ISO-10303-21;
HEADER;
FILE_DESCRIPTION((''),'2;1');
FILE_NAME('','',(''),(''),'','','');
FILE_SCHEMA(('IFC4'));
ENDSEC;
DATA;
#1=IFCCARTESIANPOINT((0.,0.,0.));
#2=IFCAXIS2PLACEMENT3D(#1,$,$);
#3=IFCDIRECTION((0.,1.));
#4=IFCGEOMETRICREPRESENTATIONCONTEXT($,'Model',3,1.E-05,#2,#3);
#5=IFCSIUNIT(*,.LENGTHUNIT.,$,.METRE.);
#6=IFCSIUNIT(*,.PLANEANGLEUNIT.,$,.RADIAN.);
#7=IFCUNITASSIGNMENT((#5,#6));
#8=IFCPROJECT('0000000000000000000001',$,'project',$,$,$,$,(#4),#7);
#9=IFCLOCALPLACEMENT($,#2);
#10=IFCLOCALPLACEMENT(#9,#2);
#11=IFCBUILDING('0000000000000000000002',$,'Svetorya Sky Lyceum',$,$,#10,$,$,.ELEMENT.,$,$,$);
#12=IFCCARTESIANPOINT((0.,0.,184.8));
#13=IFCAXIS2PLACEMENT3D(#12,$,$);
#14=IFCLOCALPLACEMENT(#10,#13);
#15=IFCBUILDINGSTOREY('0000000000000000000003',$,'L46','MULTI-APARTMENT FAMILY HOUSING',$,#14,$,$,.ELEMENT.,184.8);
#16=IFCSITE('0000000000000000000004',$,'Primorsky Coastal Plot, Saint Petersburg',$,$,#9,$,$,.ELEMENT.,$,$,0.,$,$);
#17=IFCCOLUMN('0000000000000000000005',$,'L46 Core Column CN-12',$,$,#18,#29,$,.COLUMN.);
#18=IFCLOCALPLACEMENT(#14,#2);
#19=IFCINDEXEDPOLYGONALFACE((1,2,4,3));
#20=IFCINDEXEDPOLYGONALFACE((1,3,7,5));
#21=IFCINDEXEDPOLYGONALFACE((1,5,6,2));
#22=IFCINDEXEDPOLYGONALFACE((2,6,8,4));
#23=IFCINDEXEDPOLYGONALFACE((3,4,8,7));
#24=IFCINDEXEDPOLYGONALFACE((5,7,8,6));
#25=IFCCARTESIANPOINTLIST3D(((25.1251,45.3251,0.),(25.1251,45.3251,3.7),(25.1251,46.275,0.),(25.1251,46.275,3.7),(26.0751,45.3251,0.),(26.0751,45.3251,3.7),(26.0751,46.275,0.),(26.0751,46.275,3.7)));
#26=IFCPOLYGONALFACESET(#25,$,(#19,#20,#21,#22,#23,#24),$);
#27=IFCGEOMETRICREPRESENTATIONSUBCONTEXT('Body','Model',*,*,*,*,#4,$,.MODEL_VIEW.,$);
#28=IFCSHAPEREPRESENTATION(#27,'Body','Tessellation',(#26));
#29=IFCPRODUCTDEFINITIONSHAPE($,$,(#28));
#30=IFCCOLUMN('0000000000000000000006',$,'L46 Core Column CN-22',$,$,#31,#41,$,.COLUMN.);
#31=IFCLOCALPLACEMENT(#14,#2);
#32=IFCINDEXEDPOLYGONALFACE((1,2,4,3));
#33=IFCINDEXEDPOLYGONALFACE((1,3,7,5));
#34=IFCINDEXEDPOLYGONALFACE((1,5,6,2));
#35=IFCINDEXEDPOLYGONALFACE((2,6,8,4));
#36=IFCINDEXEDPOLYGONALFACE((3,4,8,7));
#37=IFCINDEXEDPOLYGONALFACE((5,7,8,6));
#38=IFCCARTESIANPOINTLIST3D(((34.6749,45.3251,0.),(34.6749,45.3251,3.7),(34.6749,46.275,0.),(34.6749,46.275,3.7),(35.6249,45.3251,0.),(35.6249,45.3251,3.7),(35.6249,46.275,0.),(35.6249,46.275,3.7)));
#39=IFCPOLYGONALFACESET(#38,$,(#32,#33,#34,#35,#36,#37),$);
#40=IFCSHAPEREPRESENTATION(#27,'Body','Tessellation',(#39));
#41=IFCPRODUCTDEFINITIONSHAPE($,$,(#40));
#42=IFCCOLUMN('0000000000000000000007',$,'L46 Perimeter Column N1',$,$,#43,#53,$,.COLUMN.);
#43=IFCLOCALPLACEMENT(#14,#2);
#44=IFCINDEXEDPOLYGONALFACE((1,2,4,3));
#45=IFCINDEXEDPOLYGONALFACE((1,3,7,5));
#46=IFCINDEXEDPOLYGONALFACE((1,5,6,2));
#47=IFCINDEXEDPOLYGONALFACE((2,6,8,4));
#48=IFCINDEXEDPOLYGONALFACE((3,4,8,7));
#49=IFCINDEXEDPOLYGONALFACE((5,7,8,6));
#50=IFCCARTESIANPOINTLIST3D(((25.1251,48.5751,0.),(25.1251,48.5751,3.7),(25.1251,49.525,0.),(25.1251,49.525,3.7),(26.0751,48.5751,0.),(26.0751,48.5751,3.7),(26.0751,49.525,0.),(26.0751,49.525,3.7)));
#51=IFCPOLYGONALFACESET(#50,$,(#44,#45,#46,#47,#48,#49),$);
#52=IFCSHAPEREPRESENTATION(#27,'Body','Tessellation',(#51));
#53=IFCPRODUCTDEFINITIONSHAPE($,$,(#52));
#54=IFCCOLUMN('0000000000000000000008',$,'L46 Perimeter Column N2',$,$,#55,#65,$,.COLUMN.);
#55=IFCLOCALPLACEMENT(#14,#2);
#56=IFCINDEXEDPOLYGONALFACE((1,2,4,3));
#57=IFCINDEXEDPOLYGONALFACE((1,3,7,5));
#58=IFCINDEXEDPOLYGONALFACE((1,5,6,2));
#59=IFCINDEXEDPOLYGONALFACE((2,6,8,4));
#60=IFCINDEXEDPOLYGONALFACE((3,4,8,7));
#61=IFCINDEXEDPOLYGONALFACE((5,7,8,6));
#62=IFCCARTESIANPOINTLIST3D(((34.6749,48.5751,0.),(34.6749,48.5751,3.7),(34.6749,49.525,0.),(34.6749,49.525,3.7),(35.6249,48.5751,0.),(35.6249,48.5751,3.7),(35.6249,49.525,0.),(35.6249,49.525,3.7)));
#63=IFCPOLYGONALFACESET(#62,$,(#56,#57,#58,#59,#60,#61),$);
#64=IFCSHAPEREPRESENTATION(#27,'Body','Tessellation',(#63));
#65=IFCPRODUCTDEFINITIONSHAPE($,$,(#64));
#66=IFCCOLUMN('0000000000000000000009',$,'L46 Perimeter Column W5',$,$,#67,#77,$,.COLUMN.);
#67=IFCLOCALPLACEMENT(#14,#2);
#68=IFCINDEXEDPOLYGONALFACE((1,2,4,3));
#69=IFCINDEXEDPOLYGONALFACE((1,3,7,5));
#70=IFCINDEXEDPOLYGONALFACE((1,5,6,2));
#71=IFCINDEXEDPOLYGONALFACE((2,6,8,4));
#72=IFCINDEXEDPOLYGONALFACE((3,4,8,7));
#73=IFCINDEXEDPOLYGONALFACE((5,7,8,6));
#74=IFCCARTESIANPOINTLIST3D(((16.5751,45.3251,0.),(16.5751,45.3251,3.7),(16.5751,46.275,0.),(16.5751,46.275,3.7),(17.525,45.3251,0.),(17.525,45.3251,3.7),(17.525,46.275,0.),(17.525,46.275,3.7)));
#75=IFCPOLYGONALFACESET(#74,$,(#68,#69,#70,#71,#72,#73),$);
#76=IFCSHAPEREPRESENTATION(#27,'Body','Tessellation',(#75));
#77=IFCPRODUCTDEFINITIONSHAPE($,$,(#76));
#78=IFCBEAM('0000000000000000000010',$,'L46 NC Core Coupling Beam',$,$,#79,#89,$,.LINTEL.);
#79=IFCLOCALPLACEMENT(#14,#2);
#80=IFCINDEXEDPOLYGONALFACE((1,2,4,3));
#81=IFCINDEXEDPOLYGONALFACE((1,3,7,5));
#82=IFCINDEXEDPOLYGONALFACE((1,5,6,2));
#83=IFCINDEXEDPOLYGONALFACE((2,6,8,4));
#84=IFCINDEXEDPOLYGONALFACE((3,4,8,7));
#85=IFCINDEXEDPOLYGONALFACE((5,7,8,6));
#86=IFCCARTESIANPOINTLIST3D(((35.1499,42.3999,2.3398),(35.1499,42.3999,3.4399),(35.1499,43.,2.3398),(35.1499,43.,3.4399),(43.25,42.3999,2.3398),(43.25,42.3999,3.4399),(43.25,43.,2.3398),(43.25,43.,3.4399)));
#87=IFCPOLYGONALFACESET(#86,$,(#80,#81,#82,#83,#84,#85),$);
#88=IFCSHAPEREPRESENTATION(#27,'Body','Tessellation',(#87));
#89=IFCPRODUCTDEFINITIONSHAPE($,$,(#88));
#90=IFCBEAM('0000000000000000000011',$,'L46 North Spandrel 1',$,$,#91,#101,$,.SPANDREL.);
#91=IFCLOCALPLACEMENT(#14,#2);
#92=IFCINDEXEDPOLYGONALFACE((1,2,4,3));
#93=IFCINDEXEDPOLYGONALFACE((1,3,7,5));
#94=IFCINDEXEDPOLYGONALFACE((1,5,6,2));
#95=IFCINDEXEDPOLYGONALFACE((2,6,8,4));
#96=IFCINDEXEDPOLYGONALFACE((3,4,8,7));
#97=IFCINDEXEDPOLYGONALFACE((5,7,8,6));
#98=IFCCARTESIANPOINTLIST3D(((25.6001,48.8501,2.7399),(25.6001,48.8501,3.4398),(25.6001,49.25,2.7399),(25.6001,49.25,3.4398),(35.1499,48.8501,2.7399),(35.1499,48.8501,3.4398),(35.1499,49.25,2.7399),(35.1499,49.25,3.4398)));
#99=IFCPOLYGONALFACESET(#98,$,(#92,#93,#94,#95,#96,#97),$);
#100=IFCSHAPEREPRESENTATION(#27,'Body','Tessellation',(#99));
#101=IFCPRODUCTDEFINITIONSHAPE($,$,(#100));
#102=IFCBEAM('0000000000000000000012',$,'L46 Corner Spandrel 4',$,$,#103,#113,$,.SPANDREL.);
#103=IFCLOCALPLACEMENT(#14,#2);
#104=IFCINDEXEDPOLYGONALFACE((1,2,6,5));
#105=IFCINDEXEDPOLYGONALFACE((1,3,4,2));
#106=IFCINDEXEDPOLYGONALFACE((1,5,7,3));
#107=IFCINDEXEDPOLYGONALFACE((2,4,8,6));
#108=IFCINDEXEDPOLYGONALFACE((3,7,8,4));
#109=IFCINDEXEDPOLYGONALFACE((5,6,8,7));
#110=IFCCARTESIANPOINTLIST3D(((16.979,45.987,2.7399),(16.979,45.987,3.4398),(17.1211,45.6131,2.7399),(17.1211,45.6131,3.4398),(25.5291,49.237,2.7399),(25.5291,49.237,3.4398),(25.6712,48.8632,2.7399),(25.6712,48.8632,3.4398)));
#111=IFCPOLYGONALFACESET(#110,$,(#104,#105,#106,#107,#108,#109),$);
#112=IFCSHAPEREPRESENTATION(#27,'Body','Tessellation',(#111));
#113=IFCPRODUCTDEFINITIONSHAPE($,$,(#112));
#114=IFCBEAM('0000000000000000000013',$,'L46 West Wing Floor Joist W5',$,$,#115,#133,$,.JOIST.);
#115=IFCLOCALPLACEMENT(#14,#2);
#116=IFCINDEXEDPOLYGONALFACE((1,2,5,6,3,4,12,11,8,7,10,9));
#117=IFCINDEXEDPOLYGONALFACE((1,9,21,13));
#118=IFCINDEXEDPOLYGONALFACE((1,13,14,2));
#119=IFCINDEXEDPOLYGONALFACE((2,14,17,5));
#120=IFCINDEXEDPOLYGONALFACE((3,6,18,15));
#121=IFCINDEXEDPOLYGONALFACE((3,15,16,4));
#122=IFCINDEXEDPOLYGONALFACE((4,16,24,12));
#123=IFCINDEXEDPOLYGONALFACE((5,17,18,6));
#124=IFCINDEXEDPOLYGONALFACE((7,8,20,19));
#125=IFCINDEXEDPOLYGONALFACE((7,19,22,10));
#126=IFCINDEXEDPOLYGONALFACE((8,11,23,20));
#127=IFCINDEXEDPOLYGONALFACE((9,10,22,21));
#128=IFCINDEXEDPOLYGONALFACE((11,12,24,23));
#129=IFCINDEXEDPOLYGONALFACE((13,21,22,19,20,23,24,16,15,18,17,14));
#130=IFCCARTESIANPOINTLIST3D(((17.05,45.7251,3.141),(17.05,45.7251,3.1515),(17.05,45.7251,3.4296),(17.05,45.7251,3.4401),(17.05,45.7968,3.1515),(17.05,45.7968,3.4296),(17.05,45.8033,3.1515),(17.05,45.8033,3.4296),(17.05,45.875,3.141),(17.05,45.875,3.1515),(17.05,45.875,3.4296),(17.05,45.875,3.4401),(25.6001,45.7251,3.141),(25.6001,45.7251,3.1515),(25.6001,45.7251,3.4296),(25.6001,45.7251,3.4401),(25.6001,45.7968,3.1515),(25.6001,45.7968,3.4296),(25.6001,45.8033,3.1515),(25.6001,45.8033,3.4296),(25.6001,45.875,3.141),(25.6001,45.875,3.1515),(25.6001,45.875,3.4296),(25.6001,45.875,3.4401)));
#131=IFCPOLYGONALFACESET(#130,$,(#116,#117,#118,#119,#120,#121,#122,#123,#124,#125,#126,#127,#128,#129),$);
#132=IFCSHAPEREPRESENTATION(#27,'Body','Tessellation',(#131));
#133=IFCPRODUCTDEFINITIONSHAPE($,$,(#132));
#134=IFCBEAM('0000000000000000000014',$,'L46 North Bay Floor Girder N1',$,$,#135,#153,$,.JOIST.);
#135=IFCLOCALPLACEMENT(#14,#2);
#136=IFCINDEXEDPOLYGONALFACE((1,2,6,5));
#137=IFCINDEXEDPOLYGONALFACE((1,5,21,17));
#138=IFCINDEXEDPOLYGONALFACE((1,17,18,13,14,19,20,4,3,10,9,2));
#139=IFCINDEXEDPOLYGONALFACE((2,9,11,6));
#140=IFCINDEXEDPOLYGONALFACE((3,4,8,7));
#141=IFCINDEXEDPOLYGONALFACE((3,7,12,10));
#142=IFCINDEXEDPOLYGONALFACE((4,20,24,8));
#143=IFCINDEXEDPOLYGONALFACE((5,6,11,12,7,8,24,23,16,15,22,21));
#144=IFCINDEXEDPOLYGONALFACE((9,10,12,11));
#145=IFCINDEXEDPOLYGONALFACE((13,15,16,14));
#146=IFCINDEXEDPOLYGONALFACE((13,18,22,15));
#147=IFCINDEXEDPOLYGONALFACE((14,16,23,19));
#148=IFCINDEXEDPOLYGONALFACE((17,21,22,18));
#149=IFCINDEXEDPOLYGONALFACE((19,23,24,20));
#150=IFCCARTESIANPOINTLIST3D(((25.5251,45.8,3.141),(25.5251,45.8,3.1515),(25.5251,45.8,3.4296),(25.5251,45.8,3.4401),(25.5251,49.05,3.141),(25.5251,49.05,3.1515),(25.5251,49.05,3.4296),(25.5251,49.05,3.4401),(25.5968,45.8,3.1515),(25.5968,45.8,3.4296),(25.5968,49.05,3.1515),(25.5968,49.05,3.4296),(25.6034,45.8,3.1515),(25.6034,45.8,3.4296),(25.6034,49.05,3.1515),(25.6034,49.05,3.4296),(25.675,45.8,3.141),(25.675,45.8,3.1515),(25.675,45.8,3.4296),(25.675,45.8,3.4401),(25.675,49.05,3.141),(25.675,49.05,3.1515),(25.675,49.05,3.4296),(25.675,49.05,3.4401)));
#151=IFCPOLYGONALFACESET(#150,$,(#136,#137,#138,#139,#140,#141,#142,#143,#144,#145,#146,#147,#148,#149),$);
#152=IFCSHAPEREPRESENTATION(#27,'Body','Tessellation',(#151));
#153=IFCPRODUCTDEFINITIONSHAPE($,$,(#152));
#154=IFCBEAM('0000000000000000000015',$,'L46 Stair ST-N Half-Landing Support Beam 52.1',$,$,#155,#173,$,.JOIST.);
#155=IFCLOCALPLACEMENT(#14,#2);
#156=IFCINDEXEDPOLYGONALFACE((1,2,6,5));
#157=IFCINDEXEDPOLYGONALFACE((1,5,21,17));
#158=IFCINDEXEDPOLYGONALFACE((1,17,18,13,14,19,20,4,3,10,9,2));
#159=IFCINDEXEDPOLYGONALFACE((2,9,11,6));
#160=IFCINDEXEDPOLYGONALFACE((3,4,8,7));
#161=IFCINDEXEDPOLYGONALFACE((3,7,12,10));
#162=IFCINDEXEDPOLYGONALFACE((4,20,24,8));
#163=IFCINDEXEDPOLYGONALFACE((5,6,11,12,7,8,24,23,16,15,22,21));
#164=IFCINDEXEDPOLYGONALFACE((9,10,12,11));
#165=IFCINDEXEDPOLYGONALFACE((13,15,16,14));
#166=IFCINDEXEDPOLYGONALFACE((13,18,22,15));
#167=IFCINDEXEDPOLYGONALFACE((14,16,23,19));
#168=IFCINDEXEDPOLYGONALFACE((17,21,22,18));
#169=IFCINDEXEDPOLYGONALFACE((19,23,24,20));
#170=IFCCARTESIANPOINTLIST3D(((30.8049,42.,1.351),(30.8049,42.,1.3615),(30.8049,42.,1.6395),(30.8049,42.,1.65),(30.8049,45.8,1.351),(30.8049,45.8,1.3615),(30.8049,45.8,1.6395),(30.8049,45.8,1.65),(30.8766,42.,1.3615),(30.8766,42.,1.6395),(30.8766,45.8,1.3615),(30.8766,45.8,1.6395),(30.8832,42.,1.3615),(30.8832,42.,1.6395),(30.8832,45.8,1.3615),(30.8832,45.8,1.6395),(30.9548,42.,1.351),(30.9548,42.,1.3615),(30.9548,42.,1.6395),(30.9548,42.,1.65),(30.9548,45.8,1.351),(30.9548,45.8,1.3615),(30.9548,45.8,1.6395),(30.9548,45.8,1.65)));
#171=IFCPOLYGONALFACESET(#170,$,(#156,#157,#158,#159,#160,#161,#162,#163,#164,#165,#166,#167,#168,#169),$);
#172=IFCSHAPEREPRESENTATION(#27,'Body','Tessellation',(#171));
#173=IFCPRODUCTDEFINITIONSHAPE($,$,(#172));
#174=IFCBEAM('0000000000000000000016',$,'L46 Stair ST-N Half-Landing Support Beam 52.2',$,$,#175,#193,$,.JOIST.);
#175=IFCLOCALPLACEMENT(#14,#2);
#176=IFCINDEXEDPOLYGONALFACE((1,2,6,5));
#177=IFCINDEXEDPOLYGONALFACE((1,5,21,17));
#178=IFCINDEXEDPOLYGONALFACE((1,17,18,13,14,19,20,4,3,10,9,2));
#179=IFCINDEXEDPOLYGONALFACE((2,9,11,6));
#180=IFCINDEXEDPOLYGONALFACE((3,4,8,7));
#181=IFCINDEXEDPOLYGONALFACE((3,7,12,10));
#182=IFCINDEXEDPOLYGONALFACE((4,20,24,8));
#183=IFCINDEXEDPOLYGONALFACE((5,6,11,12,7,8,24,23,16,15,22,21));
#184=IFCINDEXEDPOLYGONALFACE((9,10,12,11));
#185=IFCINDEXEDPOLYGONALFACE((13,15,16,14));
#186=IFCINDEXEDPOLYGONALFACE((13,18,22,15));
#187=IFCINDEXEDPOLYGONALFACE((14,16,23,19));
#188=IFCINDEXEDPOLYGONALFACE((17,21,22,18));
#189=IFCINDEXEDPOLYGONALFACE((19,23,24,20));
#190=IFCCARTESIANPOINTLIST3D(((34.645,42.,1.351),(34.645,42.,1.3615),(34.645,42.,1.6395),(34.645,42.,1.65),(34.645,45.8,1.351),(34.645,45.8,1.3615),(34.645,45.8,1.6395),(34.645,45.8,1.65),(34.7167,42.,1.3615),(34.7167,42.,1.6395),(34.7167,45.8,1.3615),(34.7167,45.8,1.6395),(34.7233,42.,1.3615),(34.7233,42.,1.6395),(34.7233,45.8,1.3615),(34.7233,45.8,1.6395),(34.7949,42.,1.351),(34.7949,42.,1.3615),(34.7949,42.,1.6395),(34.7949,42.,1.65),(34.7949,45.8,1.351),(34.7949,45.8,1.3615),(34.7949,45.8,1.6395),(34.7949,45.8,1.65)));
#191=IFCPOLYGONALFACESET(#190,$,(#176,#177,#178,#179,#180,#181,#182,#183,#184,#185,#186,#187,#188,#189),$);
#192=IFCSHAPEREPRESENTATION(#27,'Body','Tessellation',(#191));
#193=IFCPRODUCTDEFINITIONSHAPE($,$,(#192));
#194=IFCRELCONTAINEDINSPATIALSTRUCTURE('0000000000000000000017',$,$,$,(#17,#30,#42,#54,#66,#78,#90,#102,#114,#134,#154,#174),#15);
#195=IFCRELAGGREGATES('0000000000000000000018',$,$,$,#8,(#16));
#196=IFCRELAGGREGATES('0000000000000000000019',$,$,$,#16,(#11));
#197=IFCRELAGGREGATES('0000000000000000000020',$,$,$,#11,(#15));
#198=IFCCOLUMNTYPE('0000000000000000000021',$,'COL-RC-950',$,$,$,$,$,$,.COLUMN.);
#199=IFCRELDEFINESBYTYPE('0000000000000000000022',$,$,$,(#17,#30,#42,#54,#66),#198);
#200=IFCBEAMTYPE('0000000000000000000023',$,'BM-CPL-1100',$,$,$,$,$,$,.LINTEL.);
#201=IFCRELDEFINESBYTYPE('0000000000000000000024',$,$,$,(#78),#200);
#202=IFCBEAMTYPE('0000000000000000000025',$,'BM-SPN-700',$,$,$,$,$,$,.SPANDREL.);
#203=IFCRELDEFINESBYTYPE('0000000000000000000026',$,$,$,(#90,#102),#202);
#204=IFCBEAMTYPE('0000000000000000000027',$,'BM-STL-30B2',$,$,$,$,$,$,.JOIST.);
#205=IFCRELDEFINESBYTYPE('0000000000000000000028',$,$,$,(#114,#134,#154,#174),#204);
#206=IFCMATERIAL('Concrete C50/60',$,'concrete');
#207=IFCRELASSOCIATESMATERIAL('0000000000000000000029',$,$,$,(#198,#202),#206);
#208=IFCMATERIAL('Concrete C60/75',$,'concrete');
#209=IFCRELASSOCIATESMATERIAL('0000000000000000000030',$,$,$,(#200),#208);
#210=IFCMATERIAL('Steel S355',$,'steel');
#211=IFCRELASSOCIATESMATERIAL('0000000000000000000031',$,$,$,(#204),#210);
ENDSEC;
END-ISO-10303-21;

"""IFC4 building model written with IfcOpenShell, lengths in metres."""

from ifc_helpers import new_model, si_unit, direction, frame, origin, origin_2d, place, context, subcontext, project, spatial, rectangle, i_section, extrude, material, material_profile, profile_set, type_object, element, save


model = new_model("IFC4")

# Units and contexts
model_context = context("Model", 3, precision=1e-05, world=origin(), true_north=direction((0.0, 1.0)))
body_context = subcontext(model_context, "Body", "Model", "MODEL_VIEW")
ifc_project = project(units=[si_unit("LENGTHUNIT", "METRE"), si_unit("PLANEANGLEUNIT", "RADIAN")], contexts=[model_context])

# Site, building, storey
site_placement = place(None, origin())
site = spatial("IfcSite", under=ifc_project, at=site_placement, Name="Primorsky Coastal Plot, Saint Petersburg", CompositionType="ELEMENT", RefElevation=0.0)
building_placement = place(site_placement, origin())
building = spatial("IfcBuilding", under=site, at=building_placement, Name="Svetorya Sky Lyceum", CompositionType="ELEMENT")
storey_placement = place(building_placement, frame((0.0, 0.0, 184.8)))
storey = spatial("IfcBuildingStorey", under=building, at=storey_placement, Name="L46", Description="MULTI-APARTMENT FAMILY HOUSING", CompositionType="ELEMENT", Elevation=184.8)

# Columns
ifc_material_1 = material(Name="Concrete C50/60", Category="concrete")
ifc_material_profile_1 = material_profile(ifc_material_1, rectangle(XDim=0.95, YDim=0.95, at=origin_2d()), Name="RC COL 950x950")
ifc_profile_set_1 = profile_set([ifc_material_profile_1], Name="Concrete C50/60")
column_type = type_object("IfcColumnType", Name="COL-RC-950", PredefinedType="COLUMN", material=ifc_profile_set_1)
for number, where, z_axis, x_axis, name in (
    (1, (25.6001, 45.8, 0.0), (0.0, 0.0, 1.0), (1.0, 0.0, 0.0), "L46 Core Column CN-12"),
    (2, (35.1499, 45.8, 0.0), (0.0, 0.0, 1.0), (1.0, 0.0, 0.0), "L46 Core Column CN-22"),
    (3, (25.6001, 49.05, 0.0), (0.0, 0.0, 1.0), (1.0, 0.0, 0.0), "L46 Perimeter Column N1"),
    (4, (35.1499, 49.05, 0.0), (0.0, 0.0, 1.0), (1.0, 0.0, 0.0), "L46 Perimeter Column N2"),
    (5, (17.05, 45.8, 0.0), (0.0, 0.0, 1.0), (1.0, 0.0, 0.0), "L46 Perimeter Column W5"),
):
    element("IfcColumn", number, at=place(storey_placement, frame(where, z_axis=z_axis, x_axis=x_axis)), inside=storey, type_object=column_type, Name=name, PredefinedType="COLUMN", context=body_context, shape_type="SweptSolid", body=[
        extrude(rectangle(XDim=0.95, YDim=0.95, at=origin_2d()), origin(), (0.0, 0.0, 1.0), 3.7),
    ])

# Beams
ifc_material_2 = material(Name="Concrete C60/75", Category="concrete")
ifc_material_profile_2 = material_profile(ifc_material_2, rectangle(XDim=0.6001, YDim=1.1001, at=origin_2d()), Name="RC COUPLING 600x1100")
ifc_profile_set_2 = profile_set([ifc_material_profile_2], Name="Concrete C60/75")
beam_type_1 = type_object("IfcBeamType", Name="BM-CPL-1100", PredefinedType="LINTEL", material=ifc_profile_set_2)
beam_1_placement = place(storey_placement, frame((35.1499, 42.7, 2.8899), z_axis=(1.0, 0.0, 0.0), x_axis=(0.0, 1.0, 0.0)))
element("IfcBeam", 6, at=beam_1_placement, inside=storey, type_object=beam_type_1, Name="L46 NC Core Coupling Beam", PredefinedType="LINTEL", context=body_context, shape_type="SweptSolid", body=[
    extrude(rectangle(XDim=0.6001, YDim=1.1001, at=origin_2d()), origin(), (0.0, 0.0, 1.0), 8.1001),
])
ifc_material_profile_3 = material_profile(ifc_material_1, rectangle(XDim=0.3999, YDim=0.7, at=origin_2d()), Name="RC SPANDREL 400x700")
ifc_profile_set_3 = profile_set([ifc_material_profile_3], Name="Concrete C50/60")
beam_type_2 = type_object("IfcBeamType", Name="BM-SPN-700", PredefinedType="SPANDREL", material=ifc_profile_set_3)
beam_2_placement = place(storey_placement, frame((25.6001, 49.05, 3.0898), z_axis=(1.0, 0.0, 0.0), x_axis=(0.0, 1.0, 0.0)))
element("IfcBeam", 7, at=beam_2_placement, inside=storey, type_object=beam_type_2, Name="L46 North Spandrel 1", PredefinedType="SPANDREL", context=body_context, shape_type="SweptSolid", body=[
    extrude(rectangle(XDim=0.3999, YDim=0.7, at=origin_2d()), origin(), (0.0, 0.0, 1.0), 9.5498),
])
beam_3_placement = place(storey_placement, frame((17.05, 45.8, 3.0898), z_axis=(0.934748, 0.355312, 0.0), x_axis=(-0.355312, 0.934748, 0.0)))
element("IfcBeam", 8, at=beam_3_placement, inside=storey, type_object=beam_type_2, Name="L46 Corner Spandrel 4", PredefinedType="SPANDREL", context=body_context, shape_type="SweptSolid", body=[
    extrude(rectangle(XDim=0.3999, YDim=0.7, at=origin_2d()), origin(), (0.0, 0.0, 1.0), 9.147),
])
ifc_material_3 = material(Name="Steel S355", Category="steel")
ifc_material_profile_4 = material_profile(ifc_material_3, i_section(OverallWidth=0.1499, OverallDepth=0.2991, WebThickness=0.0066, FlangeThickness=0.0105, at=origin_2d()), Name="GOST 30B2")
ifc_profile_set_4 = profile_set([ifc_material_profile_4], Name="Steel S355")
beam_type_3 = type_object("IfcBeamType", Name="BM-STL-30B2", PredefinedType="JOIST", material=ifc_profile_set_4)
beam_4_placement = place(storey_placement, frame((17.05, 45.8, 3.2905), z_axis=(1.0, 0.0, 0.0), x_axis=(0.0, 1.0, 0.0)))
element("IfcBeam", 9, at=beam_4_placement, inside=storey, type_object=beam_type_3, Name="L46 West Wing Floor Joist W5", PredefinedType="JOIST", context=body_context, shape_type="SweptSolid", body=[
    extrude(i_section(OverallWidth=0.1499, OverallDepth=0.2991, WebThickness=0.0066, FlangeThickness=0.0105, at=origin_2d()), origin(), (0.0, 0.0, 1.0), 8.55),
])
beam_5_placement = place(storey_placement, frame((25.6001, 45.8, 3.2905), z_axis=(0.0, 1.0, 0.0), x_axis=(-1.0, 0.0, 0.0)))
element("IfcBeam", 10, at=beam_5_placement, inside=storey, type_object=beam_type_3, Name="L46 North Bay Floor Girder N1", PredefinedType="JOIST", context=body_context, shape_type="SweptSolid", body=[
    extrude(i_section(OverallWidth=0.1499, OverallDepth=0.2991, WebThickness=0.0066, FlangeThickness=0.0105, at=origin_2d()), origin(), (0.0, 0.0, 1.0), 3.25),
])
for number, where, z_axis, x_axis, name in (
    (11, (30.8799, 42.0, 1.5005), (0.0, 1.0, 0.0), (-1.0, 0.0, 0.0), "L46 Stair ST-N Half-Landing Support Beam 52.1"),
    (12, (34.72, 42.0, 1.5005), (0.0, 1.0, 0.0), (-1.0, 0.0, 0.0), "L46 Stair ST-N Half-Landing Support Beam 52.2"),
):
    element("IfcBeam", number, at=place(storey_placement, frame(where, z_axis=z_axis, x_axis=x_axis)), inside=storey, type_object=beam_type_3, Name=name, PredefinedType="JOIST", context=body_context, shape_type="SweptSolid", body=[
        extrude(i_section(OverallWidth=0.1499, OverallDepth=0.2991, WebThickness=0.0066, FlangeThickness=0.0105, at=origin_2d()), origin(), (0.0, 0.0, 1.0), 3.8),
    ])

save(model, "model.ifc")
